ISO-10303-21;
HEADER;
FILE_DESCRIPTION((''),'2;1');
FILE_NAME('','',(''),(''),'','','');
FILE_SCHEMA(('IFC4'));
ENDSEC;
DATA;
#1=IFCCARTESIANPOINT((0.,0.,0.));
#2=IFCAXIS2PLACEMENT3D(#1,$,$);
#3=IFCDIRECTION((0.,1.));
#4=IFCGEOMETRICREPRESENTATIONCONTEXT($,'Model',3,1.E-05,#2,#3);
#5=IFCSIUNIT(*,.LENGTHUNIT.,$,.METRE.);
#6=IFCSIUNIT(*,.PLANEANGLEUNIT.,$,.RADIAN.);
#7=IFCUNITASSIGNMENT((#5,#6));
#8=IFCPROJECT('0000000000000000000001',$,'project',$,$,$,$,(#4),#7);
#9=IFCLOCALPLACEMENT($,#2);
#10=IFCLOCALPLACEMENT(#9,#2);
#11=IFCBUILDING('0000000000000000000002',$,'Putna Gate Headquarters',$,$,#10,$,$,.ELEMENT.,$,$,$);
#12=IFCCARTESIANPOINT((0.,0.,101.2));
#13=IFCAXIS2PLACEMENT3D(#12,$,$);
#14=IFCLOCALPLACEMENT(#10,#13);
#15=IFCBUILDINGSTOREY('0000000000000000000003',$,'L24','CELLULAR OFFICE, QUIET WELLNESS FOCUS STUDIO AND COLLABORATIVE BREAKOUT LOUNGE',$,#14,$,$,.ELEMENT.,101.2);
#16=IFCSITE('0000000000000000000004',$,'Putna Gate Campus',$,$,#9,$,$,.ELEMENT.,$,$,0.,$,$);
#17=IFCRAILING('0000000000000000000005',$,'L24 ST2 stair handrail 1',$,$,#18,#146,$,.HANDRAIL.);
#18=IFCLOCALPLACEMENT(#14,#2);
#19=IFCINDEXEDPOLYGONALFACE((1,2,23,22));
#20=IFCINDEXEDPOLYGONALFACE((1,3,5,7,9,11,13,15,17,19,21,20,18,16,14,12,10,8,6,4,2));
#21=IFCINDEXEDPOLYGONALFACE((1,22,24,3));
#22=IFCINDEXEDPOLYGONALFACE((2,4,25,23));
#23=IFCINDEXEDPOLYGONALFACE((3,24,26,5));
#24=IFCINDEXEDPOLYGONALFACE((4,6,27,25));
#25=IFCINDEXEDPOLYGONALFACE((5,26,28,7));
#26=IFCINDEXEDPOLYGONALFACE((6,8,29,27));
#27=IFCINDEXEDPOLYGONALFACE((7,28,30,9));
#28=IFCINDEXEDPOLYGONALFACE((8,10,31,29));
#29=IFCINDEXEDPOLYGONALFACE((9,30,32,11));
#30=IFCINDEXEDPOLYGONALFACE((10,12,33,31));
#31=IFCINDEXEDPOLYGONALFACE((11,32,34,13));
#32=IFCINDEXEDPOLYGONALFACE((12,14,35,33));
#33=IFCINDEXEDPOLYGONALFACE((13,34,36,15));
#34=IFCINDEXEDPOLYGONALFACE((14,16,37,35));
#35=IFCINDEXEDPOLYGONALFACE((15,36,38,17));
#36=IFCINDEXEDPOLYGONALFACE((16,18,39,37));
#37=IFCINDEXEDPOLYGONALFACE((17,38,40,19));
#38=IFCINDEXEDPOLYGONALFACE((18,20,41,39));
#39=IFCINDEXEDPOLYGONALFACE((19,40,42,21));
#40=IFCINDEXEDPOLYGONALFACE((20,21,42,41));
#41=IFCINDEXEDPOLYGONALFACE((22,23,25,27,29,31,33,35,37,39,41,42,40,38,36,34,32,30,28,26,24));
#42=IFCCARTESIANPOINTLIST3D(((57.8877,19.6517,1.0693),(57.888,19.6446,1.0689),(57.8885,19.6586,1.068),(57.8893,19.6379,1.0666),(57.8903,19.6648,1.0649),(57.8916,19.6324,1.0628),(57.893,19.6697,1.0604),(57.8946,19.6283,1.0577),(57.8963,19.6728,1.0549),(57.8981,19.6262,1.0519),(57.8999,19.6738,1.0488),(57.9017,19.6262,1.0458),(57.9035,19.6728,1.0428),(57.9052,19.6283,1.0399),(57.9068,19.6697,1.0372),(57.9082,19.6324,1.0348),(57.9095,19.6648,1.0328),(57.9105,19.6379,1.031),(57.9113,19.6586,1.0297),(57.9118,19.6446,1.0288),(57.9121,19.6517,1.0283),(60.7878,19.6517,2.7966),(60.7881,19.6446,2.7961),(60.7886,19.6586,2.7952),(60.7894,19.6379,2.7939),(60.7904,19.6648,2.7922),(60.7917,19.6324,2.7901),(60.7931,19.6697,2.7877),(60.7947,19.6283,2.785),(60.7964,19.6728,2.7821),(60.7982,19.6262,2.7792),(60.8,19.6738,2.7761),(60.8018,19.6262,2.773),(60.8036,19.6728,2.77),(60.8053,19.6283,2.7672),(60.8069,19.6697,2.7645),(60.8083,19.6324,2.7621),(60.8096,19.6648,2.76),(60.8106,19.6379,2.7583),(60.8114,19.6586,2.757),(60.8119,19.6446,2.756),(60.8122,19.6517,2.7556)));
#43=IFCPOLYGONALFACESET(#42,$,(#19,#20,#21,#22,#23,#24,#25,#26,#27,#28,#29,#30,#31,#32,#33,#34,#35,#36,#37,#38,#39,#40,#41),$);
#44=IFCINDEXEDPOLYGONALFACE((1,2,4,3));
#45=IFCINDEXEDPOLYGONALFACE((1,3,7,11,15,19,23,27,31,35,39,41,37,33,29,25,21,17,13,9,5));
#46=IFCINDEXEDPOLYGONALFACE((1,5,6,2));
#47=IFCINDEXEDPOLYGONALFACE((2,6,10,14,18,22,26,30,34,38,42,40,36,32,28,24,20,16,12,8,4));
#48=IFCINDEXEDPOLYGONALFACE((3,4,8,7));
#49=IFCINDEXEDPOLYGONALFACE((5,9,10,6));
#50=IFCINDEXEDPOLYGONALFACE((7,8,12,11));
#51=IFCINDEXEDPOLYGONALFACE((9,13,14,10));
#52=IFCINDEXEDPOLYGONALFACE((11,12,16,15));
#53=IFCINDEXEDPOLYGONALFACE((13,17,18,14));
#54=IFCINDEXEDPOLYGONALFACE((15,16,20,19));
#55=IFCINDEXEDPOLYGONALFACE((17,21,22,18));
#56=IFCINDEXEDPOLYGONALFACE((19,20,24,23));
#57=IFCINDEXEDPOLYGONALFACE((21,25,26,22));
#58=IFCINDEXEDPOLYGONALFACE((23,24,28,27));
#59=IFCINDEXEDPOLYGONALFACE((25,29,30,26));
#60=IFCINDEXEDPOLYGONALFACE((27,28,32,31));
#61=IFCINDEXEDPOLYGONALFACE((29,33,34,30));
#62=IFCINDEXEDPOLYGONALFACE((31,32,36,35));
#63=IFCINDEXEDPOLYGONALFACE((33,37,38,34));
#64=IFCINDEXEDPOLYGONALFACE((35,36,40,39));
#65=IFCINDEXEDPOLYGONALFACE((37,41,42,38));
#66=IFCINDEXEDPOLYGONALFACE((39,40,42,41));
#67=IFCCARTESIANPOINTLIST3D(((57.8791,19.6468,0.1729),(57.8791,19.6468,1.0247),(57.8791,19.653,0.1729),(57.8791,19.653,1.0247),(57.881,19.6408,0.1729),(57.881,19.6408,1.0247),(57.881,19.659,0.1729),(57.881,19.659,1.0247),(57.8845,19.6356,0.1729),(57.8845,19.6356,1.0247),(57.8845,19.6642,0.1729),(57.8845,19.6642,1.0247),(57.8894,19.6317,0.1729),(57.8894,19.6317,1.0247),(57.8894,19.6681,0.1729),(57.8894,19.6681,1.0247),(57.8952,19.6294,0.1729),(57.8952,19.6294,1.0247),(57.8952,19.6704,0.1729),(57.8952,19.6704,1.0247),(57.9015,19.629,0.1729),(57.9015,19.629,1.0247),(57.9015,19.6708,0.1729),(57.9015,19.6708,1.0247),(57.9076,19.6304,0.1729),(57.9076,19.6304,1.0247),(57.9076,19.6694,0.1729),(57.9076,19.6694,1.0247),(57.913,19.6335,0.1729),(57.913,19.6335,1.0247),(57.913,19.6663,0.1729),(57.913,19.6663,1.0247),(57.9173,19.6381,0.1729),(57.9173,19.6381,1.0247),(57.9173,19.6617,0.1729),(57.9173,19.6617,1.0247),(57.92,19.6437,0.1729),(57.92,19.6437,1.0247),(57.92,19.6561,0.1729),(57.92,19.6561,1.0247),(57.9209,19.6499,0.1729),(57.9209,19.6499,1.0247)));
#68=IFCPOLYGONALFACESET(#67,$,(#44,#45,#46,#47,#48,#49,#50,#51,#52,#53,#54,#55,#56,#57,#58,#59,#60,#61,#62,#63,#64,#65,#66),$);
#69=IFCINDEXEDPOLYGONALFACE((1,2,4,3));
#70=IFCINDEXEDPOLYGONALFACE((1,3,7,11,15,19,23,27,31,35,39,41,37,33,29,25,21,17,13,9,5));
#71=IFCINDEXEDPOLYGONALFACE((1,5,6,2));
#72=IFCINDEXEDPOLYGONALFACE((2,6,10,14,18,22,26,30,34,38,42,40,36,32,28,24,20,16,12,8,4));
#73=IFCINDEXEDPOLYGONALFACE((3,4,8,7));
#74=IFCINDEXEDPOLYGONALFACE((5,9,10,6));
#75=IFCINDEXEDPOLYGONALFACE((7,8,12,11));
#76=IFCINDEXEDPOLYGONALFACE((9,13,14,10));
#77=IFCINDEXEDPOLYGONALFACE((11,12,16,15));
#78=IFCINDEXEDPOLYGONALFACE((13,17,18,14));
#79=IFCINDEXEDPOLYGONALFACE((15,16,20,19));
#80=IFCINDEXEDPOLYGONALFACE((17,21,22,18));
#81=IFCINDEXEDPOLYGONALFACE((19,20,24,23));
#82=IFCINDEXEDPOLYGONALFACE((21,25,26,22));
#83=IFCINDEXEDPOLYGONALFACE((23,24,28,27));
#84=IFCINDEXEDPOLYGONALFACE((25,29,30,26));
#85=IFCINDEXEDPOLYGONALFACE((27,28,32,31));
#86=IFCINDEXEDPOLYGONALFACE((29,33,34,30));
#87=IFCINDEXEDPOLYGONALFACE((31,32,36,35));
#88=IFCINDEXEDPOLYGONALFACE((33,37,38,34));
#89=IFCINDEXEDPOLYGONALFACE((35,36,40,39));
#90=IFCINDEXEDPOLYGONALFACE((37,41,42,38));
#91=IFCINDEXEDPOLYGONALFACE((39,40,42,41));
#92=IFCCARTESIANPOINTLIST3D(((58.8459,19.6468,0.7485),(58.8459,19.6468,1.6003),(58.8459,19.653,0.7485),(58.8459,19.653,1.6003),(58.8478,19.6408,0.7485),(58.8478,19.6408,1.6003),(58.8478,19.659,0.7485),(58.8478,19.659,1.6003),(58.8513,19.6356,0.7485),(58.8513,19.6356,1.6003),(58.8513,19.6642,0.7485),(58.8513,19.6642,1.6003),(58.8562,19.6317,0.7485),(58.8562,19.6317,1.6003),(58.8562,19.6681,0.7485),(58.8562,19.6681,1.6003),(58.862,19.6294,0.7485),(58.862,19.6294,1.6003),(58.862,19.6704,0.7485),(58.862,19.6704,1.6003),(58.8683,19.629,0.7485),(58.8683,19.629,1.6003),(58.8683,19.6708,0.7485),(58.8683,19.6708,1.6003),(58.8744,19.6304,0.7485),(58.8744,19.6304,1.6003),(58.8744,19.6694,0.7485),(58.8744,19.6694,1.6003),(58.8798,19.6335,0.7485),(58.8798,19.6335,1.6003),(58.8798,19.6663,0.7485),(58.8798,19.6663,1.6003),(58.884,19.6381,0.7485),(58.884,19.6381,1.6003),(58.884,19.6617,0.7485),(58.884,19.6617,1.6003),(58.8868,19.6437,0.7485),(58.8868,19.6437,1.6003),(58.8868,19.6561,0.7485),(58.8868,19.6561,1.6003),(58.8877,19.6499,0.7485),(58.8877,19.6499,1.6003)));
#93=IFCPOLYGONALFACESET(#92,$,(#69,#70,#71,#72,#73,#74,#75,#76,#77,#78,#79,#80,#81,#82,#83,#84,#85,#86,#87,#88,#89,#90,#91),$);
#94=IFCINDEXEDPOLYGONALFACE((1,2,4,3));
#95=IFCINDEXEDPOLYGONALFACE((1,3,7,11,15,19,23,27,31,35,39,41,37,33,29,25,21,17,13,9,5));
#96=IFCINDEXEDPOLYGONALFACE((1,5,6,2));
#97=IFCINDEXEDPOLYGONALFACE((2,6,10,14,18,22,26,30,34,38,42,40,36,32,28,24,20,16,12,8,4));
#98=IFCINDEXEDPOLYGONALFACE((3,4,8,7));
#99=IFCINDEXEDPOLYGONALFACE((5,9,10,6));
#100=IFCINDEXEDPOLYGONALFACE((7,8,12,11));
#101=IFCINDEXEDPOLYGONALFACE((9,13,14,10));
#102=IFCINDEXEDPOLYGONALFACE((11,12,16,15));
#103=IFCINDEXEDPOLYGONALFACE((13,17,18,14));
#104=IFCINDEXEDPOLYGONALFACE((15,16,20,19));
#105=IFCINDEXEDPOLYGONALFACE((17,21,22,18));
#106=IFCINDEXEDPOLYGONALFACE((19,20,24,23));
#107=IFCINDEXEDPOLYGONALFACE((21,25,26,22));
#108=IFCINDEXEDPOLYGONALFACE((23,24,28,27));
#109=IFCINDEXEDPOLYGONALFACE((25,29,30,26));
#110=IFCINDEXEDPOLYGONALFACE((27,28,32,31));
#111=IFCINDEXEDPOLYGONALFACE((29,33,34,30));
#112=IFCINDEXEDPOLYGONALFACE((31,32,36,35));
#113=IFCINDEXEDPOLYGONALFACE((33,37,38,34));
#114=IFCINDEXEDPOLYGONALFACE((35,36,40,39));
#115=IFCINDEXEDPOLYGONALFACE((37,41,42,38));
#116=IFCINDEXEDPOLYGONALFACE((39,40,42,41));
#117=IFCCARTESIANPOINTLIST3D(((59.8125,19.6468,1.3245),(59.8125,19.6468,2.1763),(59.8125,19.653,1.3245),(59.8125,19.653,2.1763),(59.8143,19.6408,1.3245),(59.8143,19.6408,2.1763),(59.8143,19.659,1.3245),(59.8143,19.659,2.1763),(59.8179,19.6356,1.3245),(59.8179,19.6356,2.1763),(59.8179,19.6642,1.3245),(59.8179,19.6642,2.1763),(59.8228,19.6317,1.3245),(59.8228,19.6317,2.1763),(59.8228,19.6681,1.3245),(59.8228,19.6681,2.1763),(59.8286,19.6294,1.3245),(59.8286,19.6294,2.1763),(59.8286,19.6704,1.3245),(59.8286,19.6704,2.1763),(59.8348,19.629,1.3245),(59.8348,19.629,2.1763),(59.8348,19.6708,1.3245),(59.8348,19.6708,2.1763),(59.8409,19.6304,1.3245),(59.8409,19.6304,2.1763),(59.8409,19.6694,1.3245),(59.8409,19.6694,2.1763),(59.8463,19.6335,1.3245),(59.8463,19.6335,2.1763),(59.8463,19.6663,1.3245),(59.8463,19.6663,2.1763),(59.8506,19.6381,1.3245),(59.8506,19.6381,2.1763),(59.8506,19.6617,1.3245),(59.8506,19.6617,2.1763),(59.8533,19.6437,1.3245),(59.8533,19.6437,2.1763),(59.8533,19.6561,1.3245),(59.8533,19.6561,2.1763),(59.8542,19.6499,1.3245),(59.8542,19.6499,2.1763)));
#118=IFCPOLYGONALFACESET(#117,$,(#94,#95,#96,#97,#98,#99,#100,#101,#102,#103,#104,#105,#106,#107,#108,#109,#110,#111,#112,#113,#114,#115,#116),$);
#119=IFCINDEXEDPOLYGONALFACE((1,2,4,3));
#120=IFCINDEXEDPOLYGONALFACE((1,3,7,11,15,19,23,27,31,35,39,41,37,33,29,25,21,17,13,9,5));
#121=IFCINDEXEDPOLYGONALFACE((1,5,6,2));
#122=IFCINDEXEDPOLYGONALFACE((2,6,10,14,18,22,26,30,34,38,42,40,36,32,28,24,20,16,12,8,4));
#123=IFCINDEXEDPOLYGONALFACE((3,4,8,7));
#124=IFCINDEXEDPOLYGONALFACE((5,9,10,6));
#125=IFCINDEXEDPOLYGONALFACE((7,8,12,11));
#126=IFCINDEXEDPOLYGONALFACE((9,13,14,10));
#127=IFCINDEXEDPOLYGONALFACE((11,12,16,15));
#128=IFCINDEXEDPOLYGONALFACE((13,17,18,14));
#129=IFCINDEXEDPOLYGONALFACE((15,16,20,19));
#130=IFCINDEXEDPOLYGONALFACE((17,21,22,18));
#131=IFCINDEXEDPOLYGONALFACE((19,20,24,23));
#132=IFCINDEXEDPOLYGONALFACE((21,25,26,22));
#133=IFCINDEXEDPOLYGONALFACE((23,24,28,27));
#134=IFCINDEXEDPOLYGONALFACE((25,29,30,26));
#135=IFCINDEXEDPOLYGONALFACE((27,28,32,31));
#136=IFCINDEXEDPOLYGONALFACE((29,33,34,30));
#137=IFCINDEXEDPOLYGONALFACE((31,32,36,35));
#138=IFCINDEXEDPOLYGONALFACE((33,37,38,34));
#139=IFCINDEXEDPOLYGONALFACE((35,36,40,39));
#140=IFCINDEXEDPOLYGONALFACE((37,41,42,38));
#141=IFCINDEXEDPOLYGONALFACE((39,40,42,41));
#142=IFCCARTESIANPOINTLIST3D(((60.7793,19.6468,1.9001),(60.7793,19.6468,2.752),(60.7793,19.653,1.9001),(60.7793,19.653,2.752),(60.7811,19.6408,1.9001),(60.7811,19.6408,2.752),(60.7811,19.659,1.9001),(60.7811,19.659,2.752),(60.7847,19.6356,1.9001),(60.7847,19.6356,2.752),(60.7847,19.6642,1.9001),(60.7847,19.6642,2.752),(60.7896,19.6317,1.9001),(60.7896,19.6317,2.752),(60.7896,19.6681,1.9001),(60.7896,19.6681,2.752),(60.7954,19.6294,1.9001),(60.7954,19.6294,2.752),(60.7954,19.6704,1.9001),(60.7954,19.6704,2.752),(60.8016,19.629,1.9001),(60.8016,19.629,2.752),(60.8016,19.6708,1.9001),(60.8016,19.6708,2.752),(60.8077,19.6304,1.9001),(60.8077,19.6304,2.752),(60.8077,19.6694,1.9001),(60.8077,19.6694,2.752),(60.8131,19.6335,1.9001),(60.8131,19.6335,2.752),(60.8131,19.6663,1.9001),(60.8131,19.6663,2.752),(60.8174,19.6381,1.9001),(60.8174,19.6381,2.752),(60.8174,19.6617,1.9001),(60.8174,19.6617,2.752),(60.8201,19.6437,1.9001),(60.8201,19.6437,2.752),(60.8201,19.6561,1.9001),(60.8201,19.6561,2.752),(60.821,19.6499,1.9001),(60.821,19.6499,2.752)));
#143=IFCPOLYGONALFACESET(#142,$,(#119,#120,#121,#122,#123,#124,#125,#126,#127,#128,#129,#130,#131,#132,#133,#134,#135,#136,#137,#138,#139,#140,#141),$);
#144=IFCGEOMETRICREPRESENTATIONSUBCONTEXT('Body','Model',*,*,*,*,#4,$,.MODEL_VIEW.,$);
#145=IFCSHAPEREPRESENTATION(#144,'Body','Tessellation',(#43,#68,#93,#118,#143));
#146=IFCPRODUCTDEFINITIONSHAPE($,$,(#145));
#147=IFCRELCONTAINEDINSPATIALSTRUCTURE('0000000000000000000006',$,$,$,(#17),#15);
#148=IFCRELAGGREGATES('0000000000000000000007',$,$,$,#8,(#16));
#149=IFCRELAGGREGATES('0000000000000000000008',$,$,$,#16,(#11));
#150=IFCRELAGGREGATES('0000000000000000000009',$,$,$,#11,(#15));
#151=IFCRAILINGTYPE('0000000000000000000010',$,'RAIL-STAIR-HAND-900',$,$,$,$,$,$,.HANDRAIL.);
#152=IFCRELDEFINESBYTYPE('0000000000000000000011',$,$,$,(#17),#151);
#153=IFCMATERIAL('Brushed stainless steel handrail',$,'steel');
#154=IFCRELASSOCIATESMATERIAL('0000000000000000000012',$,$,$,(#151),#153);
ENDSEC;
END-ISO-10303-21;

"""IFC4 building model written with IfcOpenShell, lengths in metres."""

from ifc_helpers import new_model, si_unit, direction, frame, origin, origin_2d, place, context, subcontext, project, spatial, circle, extrude, material, type_object, element, save


model = new_model("IFC4")

# Units and contexts
model_context = context("Model", 3, precision=1e-05, world=origin(), true_north=direction((0.0, 1.0)))
body_context = subcontext(model_context, "Body", "Model", "MODEL_VIEW")
ifc_project = project(units=[si_unit("LENGTHUNIT", "METRE"), si_unit("PLANEANGLEUNIT", "RADIAN")], contexts=[model_context])

# Site, building, storey
site_placement = place(None, origin())
site = spatial("IfcSite", under=ifc_project, at=site_placement, Name="Putna Gate Campus", CompositionType="ELEMENT", RefElevation=0.0)
building_placement = place(site_placement, origin())
building = spatial("IfcBuilding", under=site, at=building_placement, Name="Putna Gate Headquarters", CompositionType="ELEMENT")
storey_placement = place(building_placement, frame((0.0, 0.0, 101.2)))
storey = spatial("IfcBuildingStorey", under=building, at=storey_placement, Name="L24", Description="CELLULAR OFFICE, QUIET WELLNESS FOCUS STUDIO AND COLLABORATIVE BREAKOUT LOUNGE", CompositionType="ELEMENT", Elevation=101.2)

# Railing
ifc_material_1 = material(Name="Brushed stainless steel handrail", Category="steel")
railing_type_1 = type_object("IfcRailingType", Name="RAIL-STAIR-HAND-900", PredefinedType="HANDRAIL", material=ifc_material_1)
railing_1_placement = place(storey_placement, frame((57.8999, 19.6499, 0.1729)))
element("IfcRailing", 1, at=railing_1_placement, inside=storey, type_object=railing_type_1, Name="L24 ST2 stair handrail 1", PredefinedType="HANDRAIL", context=body_context, shape_type="SweptSolid", body=[
    extrude(circle(Radius=0.0239, at=origin_2d()), frame((0.0, 0.0, 0.876), z_axis=(0.85916, 0.0, 0.511706), x_axis=(0.0, 1.0, 0.0)), (0.0, 0.0, 1.0), 3.3755),
    extrude(circle(Radius=0.021, at=origin_2d()), origin(), (0.0, 0.0, 1.0), 0.8518),
    extrude(circle(Radius=0.021, at=origin_2d()), frame((0.9668, 0.0, 0.5757)), (0.0, 0.0, 1.0), 0.8518),
    extrude(circle(Radius=0.021, at=origin_2d()), frame((1.9333, 0.0, 1.1516)), (0.0, 0.0, 1.0), 0.8518),
    extrude(circle(Radius=0.021, at=origin_2d()), frame((2.9001, 0.0, 1.7273)), (0.0, 0.0, 1.0), 0.8518),
])

save(model, "model.ifc")
